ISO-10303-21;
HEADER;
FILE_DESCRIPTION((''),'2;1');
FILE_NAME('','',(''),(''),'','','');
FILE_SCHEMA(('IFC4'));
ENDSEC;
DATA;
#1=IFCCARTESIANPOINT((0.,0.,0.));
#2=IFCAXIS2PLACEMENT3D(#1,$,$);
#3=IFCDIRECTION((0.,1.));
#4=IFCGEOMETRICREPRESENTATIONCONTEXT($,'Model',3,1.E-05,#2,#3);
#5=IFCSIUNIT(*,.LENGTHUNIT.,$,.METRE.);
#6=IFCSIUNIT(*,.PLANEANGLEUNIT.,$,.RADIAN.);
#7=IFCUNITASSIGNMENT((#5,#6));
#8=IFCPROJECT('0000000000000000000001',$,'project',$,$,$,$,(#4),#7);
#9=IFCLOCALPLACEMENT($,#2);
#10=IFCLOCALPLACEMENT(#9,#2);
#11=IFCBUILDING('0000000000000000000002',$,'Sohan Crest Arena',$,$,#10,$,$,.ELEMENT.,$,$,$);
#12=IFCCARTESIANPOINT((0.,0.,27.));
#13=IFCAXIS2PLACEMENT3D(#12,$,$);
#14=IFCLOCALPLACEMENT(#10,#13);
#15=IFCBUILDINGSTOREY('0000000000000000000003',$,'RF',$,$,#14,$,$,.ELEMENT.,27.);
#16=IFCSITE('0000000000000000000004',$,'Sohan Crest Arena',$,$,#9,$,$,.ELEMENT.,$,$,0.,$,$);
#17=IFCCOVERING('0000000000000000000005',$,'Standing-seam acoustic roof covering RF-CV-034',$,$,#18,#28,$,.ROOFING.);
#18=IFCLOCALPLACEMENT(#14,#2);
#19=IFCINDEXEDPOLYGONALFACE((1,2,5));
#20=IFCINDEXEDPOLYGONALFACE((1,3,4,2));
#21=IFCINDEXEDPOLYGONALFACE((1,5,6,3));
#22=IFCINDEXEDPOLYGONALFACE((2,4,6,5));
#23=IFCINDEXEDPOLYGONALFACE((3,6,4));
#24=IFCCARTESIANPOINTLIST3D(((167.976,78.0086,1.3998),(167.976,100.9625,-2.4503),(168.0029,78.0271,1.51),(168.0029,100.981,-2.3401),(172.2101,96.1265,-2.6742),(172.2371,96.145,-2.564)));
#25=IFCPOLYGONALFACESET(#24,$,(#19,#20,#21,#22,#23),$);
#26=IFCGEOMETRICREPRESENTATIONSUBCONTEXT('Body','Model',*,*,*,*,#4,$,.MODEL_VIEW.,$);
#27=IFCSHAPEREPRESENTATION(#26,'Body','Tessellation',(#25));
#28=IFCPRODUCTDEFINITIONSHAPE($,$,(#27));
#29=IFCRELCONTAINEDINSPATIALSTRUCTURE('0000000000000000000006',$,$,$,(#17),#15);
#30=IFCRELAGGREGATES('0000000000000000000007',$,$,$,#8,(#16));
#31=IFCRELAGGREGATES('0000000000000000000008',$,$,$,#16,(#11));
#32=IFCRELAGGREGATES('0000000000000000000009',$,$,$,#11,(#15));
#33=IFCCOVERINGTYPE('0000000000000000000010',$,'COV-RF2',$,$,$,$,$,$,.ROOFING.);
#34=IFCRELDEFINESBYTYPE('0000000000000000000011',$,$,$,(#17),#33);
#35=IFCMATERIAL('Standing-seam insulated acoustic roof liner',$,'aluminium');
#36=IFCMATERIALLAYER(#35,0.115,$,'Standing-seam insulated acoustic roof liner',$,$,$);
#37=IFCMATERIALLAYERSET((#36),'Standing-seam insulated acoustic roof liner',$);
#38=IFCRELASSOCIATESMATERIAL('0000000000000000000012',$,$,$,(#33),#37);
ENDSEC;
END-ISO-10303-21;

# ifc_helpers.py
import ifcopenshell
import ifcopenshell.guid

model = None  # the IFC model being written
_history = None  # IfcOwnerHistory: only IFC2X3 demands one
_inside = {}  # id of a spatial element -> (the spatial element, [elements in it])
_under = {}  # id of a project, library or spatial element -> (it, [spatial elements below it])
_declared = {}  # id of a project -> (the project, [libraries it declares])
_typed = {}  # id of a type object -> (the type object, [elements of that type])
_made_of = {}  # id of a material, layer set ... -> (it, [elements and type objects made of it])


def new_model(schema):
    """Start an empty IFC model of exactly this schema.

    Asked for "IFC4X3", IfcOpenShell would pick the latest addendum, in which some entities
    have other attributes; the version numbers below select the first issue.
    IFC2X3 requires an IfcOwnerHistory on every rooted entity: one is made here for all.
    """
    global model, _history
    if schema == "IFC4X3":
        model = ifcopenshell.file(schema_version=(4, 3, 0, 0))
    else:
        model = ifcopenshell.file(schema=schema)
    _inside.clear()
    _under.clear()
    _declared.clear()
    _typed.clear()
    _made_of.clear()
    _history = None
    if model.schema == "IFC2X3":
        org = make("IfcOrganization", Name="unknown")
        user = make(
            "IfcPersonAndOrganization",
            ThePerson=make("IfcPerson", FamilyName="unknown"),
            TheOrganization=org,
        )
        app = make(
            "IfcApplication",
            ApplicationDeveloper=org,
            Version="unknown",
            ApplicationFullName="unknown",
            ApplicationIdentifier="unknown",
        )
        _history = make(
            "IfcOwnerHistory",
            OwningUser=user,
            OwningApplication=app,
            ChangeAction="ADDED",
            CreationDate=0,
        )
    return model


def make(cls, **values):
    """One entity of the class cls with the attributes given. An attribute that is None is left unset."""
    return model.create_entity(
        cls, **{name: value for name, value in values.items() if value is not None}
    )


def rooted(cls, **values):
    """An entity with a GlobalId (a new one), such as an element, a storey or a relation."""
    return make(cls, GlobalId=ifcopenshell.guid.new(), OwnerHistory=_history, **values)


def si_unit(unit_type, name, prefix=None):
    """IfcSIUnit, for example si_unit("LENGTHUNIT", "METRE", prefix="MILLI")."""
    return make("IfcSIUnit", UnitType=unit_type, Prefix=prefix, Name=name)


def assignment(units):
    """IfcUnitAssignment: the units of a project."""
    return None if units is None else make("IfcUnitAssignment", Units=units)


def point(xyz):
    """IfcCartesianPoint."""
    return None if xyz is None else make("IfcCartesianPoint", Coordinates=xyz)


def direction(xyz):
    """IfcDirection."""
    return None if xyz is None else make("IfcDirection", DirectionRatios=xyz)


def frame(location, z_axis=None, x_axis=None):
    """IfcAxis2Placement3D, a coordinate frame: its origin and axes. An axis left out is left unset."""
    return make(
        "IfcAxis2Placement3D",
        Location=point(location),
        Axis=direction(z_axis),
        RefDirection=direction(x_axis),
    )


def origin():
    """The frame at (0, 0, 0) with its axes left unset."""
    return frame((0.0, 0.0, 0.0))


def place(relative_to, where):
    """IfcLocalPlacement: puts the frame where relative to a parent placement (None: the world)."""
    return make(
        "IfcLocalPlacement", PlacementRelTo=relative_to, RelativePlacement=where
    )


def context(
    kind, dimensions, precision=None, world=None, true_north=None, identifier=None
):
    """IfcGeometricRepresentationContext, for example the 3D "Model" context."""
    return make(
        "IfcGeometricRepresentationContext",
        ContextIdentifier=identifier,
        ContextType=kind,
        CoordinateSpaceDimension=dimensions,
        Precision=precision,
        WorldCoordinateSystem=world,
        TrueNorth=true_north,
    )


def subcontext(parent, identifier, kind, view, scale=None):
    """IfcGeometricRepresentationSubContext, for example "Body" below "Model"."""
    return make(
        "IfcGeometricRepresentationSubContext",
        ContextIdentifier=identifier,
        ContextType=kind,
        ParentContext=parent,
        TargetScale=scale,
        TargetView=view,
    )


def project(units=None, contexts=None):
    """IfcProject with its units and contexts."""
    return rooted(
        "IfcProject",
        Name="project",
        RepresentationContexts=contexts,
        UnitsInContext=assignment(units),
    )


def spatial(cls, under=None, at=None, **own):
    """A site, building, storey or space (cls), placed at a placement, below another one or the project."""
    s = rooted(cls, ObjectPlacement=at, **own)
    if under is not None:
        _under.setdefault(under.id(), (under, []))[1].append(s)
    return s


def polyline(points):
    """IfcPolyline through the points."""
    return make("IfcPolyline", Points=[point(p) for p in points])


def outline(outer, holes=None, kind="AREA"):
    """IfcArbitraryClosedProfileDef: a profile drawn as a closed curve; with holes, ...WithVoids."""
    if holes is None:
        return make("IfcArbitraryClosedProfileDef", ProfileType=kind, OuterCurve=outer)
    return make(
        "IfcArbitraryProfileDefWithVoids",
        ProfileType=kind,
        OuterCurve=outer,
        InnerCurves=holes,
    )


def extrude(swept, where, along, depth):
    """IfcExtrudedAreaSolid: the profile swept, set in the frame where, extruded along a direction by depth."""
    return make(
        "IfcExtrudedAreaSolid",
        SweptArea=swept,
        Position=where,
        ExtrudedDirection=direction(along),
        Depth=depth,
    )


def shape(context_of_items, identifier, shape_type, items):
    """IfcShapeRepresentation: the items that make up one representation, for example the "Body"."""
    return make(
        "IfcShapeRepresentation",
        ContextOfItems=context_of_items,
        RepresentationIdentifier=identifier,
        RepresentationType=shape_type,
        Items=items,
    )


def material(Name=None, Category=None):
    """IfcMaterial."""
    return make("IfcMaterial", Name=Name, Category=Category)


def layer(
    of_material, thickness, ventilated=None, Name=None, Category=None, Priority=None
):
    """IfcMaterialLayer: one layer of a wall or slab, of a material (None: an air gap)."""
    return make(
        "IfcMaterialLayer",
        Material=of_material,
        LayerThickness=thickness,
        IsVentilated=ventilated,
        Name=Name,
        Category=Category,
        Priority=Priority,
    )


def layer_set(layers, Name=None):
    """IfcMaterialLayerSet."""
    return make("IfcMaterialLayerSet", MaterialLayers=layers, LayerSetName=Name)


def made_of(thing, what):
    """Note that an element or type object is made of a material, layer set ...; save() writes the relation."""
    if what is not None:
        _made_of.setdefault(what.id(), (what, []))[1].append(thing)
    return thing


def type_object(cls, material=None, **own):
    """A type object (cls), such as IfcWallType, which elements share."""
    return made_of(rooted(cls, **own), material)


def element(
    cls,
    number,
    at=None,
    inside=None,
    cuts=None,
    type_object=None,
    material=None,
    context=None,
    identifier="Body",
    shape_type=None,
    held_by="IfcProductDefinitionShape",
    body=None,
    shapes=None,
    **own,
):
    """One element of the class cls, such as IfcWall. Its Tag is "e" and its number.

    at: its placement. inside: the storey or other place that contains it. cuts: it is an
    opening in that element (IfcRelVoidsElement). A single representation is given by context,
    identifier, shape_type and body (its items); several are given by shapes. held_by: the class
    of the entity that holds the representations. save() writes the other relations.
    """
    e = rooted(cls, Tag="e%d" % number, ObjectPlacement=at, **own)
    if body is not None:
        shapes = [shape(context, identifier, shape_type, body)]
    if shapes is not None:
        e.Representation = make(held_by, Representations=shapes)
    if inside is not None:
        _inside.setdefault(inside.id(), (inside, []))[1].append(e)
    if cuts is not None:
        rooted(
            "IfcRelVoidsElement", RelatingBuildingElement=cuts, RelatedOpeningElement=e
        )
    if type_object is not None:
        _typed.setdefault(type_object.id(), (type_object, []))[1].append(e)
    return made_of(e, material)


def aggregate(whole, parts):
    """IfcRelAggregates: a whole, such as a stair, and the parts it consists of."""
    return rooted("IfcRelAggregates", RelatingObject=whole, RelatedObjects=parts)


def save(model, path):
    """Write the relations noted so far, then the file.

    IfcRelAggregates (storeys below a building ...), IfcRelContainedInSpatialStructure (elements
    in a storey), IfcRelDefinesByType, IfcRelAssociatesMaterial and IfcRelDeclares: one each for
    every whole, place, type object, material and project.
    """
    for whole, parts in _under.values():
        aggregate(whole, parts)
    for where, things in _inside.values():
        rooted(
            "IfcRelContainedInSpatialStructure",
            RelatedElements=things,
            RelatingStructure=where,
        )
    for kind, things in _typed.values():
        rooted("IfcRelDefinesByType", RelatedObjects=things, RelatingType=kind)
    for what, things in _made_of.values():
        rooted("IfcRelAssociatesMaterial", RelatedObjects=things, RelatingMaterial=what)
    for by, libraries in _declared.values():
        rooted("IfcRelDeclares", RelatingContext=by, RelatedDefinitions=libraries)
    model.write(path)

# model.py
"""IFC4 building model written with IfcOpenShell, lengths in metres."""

from ifc_helpers import new_model, si_unit, direction, frame, origin, place, context, subcontext, project, spatial, polyline, outline, extrude, material, layer, layer_set, type_object, element, save


model = new_model("IFC4")

# Units and contexts
model_context = context("Model", 3, precision=1e-05, world=origin(), true_north=direction((0.0, 1.0)))
body_context = subcontext(model_context, "Body", "Model", "MODEL_VIEW")
ifc_project = project(units=[si_unit("LENGTHUNIT", "METRE"), si_unit("PLANEANGLEUNIT", "RADIAN")], contexts=[model_context])

# Site, building, storey
site_placement = place(None, origin())
site = spatial("IfcSite", under=ifc_project, at=site_placement, Name="Sohan Crest Arena", CompositionType="ELEMENT", RefElevation=0.0)
building_placement = place(site_placement, origin())
building = spatial("IfcBuilding", under=site, at=building_placement, Name="Sohan Crest Arena", CompositionType="ELEMENT")
storey_placement = place(building_placement, frame((0.0, 0.0, 27.0)))
storey = spatial("IfcBuildingStorey", under=building, at=storey_placement, Name="RF", CompositionType="ELEMENT", Elevation=27.0)

# Covering
ifc_material_1 = material(Name="Standing-seam insulated acoustic roof liner", Category="aluminium")
ifc_layer_1 = layer(ifc_material_1, 0.115, Name="Standing-seam insulated acoustic roof liner")
ifc_layer_set_1 = layer_set([ifc_layer_1], Name="Standing-seam insulated acoustic roof liner")
covering_type = type_object("IfcCoveringType", Name="COV-RF2", PredefinedType="ROOFING", material=ifc_layer_set_1)
covering_1_placement = place(storey_placement, frame((172.2371, 96.145, -2.564), z_axis=(0.234364, 0.160814, 0.958756), x_axis=(-0.658342, 0.751914, 0.034809)))
element("IfcCovering", 1, at=covering_1_placement, inside=storey, type_object=covering_type, Name="Standing-seam acoustic roof covering RF-CV-034", PredefinedType="ROOFING", context=body_context, shape_type="SweptSolid", body=[
    extrude(outline(polyline([(0.0, 0.0), (6.4315, 0.0), (-10.6938, 15.7616), (0.0, 0.0)])), origin(), (0.0, 0.0, -1.0), 0.115),
])

save(model, "model.ifc")
